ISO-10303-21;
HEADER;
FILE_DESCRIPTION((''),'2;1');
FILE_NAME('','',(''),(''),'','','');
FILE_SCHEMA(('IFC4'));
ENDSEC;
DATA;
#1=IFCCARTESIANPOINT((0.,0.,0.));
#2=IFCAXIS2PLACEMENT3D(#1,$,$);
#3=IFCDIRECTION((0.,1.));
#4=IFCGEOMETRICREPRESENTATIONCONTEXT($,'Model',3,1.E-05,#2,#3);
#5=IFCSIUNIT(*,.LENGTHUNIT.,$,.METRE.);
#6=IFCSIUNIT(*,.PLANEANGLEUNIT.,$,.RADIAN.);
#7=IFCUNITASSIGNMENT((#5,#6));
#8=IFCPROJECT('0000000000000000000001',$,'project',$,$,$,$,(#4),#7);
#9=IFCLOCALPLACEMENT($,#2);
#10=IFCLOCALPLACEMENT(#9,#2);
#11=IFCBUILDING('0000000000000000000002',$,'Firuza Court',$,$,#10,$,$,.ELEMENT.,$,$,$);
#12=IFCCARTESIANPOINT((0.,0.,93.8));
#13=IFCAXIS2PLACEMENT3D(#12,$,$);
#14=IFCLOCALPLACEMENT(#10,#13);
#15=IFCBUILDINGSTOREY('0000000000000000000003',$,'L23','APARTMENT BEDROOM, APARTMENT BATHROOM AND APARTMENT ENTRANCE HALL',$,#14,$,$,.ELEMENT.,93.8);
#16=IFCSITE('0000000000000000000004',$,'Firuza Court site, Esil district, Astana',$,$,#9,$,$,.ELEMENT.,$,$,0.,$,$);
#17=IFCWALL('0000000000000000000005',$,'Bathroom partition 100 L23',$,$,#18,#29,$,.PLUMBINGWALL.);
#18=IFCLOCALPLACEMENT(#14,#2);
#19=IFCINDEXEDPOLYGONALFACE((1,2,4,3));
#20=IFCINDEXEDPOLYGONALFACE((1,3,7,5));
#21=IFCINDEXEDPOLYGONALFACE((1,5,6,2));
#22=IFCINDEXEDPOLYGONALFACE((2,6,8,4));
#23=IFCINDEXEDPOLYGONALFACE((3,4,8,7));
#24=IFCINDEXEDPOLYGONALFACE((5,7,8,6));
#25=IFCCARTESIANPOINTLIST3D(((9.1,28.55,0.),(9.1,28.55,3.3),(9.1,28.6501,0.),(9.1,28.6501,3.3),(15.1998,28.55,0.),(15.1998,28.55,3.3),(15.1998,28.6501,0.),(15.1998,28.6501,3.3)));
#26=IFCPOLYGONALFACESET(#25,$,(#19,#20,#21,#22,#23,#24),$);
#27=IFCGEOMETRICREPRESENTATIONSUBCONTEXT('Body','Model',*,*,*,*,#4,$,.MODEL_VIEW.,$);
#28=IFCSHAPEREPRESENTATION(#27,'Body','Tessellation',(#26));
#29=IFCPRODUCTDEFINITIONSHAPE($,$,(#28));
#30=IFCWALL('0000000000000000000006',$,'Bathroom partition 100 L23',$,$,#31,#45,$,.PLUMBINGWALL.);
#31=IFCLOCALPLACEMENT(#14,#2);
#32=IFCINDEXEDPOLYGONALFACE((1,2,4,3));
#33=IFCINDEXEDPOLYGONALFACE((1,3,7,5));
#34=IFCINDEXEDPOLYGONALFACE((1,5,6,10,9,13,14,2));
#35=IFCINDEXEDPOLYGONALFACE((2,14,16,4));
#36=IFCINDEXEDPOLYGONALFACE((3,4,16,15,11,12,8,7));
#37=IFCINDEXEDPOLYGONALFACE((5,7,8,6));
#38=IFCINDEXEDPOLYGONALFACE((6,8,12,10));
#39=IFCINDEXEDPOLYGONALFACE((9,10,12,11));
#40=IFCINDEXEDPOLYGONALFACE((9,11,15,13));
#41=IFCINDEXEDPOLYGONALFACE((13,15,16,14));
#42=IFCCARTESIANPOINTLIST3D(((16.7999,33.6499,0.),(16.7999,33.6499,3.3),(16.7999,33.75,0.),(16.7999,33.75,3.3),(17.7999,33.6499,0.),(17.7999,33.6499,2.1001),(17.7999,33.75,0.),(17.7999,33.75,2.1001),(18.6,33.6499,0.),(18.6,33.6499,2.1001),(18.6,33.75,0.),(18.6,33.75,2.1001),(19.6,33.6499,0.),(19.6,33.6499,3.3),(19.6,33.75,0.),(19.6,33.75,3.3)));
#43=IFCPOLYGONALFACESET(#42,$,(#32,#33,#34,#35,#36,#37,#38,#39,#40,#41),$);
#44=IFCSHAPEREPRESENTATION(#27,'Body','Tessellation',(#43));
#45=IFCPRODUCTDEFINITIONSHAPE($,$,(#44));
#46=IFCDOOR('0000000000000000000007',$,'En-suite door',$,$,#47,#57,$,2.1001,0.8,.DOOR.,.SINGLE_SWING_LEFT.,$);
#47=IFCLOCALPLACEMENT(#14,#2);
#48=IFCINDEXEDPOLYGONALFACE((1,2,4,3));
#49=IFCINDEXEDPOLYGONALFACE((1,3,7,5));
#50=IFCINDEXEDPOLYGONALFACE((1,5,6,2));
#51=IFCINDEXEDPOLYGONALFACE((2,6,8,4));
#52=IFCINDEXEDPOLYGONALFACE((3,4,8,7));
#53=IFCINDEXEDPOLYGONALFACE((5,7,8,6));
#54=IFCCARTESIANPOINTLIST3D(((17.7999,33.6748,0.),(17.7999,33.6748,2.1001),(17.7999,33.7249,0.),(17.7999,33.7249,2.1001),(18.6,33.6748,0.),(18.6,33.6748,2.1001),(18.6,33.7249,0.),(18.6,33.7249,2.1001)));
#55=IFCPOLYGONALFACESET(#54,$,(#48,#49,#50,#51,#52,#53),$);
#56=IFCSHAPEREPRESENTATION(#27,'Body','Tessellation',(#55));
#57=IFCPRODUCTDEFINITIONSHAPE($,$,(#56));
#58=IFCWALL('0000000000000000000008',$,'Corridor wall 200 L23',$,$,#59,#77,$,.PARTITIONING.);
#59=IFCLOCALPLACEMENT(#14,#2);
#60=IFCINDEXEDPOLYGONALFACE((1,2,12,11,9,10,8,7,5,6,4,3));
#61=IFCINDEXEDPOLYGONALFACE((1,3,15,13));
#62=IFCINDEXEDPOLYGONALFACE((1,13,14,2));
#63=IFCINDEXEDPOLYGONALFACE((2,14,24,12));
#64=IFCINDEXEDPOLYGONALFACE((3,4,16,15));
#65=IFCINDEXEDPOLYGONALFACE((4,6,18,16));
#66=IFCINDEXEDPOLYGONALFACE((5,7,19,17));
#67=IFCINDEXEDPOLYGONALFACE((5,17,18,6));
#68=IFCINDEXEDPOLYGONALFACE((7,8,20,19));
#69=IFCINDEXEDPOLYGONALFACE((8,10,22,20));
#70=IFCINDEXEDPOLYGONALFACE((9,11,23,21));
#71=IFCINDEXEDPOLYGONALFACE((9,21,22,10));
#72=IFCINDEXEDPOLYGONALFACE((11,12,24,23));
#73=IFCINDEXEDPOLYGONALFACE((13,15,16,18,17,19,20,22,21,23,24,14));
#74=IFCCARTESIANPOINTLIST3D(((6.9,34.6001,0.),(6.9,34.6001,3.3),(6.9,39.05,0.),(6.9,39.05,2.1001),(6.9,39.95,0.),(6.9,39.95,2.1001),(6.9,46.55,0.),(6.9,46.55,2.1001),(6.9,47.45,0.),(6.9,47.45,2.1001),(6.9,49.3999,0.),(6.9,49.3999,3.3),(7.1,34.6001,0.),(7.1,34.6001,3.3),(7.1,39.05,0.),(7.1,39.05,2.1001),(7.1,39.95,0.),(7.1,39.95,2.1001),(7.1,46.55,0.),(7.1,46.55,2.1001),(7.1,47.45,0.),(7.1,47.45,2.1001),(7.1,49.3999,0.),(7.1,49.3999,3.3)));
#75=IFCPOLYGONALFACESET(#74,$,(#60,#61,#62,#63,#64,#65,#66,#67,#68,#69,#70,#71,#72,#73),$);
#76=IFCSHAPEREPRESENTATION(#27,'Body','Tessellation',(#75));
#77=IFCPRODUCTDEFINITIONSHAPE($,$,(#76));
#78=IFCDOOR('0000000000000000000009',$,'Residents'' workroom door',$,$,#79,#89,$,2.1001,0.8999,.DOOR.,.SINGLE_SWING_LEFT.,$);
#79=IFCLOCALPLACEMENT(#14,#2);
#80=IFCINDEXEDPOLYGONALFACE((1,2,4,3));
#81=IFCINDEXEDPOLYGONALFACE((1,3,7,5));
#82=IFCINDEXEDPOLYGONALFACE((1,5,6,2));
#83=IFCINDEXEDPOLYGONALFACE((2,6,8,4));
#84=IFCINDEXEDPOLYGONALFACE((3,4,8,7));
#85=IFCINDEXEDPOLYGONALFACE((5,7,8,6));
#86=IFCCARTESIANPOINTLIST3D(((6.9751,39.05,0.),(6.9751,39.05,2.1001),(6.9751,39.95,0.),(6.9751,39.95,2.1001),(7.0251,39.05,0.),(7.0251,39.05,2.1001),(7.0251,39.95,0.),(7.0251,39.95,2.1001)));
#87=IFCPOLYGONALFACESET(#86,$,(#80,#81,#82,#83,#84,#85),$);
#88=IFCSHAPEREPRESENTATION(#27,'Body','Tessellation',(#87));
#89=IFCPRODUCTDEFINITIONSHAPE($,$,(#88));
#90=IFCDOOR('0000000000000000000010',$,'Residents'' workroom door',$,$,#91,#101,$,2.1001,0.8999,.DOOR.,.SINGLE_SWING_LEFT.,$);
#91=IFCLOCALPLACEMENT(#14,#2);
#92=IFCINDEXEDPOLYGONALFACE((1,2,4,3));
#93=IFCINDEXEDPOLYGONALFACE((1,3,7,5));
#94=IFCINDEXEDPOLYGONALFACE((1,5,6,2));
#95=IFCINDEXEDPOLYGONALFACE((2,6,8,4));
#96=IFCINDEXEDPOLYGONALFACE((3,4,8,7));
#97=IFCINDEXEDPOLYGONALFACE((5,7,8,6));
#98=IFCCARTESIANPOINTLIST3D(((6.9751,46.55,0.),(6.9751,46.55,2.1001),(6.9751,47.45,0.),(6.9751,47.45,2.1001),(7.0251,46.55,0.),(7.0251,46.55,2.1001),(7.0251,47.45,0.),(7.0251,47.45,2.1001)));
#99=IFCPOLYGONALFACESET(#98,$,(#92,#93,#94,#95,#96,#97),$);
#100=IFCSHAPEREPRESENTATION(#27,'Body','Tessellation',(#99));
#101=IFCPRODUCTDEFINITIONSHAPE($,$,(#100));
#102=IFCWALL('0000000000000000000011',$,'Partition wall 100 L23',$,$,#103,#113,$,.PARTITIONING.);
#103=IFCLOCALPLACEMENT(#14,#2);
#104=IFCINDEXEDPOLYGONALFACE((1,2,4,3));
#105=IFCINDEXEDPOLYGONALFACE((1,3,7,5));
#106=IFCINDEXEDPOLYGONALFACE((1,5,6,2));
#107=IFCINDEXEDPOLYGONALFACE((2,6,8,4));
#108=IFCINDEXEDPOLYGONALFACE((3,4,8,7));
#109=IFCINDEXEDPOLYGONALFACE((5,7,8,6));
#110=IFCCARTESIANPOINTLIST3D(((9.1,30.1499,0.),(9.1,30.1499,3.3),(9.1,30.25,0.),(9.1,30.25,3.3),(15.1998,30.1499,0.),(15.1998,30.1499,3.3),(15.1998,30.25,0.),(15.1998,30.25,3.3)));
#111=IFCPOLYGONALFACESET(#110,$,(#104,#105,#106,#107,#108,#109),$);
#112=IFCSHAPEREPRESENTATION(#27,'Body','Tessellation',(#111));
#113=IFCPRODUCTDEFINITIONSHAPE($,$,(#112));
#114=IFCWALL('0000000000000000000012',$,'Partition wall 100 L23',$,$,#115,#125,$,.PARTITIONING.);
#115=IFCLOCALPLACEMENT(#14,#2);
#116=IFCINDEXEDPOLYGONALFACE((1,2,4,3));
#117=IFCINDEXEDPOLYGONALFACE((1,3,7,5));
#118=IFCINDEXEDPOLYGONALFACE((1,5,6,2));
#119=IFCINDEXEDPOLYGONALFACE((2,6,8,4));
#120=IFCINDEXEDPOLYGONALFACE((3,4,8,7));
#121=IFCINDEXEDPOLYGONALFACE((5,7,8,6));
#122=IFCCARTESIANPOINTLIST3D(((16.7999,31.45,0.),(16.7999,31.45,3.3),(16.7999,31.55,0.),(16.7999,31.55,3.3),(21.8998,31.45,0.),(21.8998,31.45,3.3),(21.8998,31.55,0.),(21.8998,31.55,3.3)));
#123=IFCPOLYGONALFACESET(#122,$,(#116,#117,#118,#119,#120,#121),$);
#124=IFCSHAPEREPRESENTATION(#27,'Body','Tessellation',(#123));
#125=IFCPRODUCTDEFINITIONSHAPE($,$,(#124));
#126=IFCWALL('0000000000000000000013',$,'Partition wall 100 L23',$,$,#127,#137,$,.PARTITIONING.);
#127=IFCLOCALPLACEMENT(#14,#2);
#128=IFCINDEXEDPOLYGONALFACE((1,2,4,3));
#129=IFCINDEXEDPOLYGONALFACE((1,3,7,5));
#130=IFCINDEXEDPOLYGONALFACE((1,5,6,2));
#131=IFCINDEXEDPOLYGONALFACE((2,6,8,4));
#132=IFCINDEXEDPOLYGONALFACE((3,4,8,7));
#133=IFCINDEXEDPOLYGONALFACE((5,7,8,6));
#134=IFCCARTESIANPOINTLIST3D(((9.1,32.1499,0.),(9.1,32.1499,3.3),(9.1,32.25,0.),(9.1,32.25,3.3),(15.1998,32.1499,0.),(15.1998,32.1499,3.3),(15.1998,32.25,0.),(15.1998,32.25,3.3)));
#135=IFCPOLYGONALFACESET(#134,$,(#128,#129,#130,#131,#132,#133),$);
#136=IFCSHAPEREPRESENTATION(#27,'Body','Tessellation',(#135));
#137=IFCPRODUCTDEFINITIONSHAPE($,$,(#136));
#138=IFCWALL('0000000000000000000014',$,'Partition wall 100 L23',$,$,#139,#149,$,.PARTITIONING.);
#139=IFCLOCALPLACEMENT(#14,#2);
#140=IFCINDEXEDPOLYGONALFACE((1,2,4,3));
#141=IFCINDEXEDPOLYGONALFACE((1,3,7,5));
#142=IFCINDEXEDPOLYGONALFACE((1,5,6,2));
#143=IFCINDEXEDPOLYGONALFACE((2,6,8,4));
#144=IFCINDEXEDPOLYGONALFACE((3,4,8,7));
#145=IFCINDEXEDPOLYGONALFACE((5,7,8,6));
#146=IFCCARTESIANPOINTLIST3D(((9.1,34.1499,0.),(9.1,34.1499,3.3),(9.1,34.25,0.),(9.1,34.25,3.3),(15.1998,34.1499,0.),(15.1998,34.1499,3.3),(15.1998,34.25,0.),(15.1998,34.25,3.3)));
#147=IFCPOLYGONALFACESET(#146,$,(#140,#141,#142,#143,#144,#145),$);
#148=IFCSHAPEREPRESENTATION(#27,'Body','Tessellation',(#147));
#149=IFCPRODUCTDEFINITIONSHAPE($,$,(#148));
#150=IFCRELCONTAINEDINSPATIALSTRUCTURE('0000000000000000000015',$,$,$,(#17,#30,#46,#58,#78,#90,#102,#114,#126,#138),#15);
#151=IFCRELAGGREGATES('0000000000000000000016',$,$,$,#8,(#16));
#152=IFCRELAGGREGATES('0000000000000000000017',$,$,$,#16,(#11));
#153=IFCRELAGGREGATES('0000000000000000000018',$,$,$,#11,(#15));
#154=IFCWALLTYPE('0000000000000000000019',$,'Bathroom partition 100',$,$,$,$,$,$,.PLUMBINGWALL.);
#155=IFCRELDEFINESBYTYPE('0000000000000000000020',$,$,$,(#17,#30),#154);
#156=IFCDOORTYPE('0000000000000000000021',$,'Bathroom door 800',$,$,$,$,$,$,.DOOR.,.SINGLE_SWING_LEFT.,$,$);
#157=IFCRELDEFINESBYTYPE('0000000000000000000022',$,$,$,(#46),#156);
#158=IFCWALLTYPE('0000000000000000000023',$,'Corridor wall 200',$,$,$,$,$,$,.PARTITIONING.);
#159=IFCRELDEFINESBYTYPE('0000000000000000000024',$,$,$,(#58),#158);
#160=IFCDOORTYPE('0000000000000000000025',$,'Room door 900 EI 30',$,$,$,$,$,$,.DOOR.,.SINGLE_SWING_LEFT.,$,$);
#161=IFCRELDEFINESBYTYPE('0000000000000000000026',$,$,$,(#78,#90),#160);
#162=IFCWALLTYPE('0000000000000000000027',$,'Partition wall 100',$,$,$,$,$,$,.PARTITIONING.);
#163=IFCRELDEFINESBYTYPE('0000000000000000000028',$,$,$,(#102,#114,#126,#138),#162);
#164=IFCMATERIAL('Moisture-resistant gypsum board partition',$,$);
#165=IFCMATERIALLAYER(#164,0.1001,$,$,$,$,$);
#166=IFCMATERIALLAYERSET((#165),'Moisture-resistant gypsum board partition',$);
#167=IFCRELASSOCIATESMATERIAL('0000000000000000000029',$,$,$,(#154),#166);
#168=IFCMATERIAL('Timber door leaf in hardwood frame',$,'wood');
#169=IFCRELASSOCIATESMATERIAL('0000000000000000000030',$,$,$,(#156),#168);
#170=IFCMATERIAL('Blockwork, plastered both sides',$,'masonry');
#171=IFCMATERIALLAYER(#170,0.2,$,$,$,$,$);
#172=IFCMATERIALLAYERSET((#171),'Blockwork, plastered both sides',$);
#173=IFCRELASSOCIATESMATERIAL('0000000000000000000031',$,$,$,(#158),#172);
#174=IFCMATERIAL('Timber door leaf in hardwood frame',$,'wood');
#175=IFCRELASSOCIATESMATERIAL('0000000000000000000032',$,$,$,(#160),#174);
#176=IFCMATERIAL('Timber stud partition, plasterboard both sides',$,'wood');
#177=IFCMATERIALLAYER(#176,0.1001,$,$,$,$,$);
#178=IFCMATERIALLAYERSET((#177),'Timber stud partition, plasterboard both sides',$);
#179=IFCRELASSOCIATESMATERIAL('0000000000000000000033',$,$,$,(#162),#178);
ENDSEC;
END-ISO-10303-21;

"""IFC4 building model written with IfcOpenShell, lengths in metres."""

from ifc_helpers import new_model, si_unit, direction, frame, frame_2d, origin, place, context, subcontext, project, spatial, rectangle, extrude, material, layer, layer_set, type_object, element, fill, save


model = new_model("IFC4")

# Units and contexts
model_context = context("Model", 3, precision=1e-05, world=origin(), true_north=direction((0.0, 1.0)))
body_context = subcontext(model_context, "Body", "Model", "MODEL_VIEW")
ifc_project = project(units=[si_unit("LENGTHUNIT", "METRE"), si_unit("PLANEANGLEUNIT", "RADIAN")], contexts=[model_context])

# Site, building, storey
site_placement = place(None, origin())
site = spatial("IfcSite", under=ifc_project, at=site_placement, Name="Firuza Court site, Esil district, Astana", CompositionType="ELEMENT", RefElevation=0.0)
building_placement = place(site_placement, origin())
building = spatial("IfcBuilding", under=site, at=building_placement, Name="Firuza Court", CompositionType="ELEMENT")
storey_placement = place(building_placement, frame((0.0, 0.0, 93.8)))
storey = spatial("IfcBuildingStorey", under=building, at=storey_placement, Name="L23", Description="APARTMENT BEDROOM, APARTMENT BATHROOM AND APARTMENT ENTRANCE HALL", CompositionType="ELEMENT", Elevation=93.8)

# Wall
ifc_material_1 = material(Name="Moisture-resistant gypsum board partition")
ifc_layer_1 = layer(ifc_material_1, 0.1001)
ifc_layer_set_1 = layer_set([ifc_layer_1], Name="Moisture-resistant gypsum board partition")
wall_type_1 = type_object("IfcWallType", Name="Bathroom partition 100", PredefinedType="PLUMBINGWALL", material=ifc_layer_set_1)
wall_1_placement = place(storey_placement, frame((9.1001, 28.6001, 0.0), z_axis=(0.0, 0.0, 1.0), x_axis=(1.0, 0.0, 0.0)))
element("IfcWall", 1, at=wall_1_placement, inside=storey, type_object=wall_type_1, Name="Bathroom partition 100 L23", PredefinedType="PLUMBINGWALL", context=body_context, shape_type="SweptSolid", body=[
    extrude(rectangle(XDim=6.0999, YDim=0.1001, at=frame_2d((3.0498, 0.0))), origin(), (0.0, 0.0, 1.0), 3.3),
])

# Wall, opening, door
wall_2_placement = place(storey_placement, frame((16.8, 33.7, 0.0), z_axis=(0.0, 0.0, 1.0), x_axis=(1.0, 0.0, 0.0)))
wall_2 = element("IfcWall", 2, at=wall_2_placement, inside=storey, type_object=wall_type_1, Name="Bathroom partition 100 L23", PredefinedType="PLUMBINGWALL", context=body_context, shape_type="SweptSolid", body=[
    extrude(rectangle(XDim=2.8, YDim=0.1001, at=frame_2d((1.3999, 0.0))), origin(), (0.0, 0.0, 1.0), 3.3),
])
opening_1_placement = place(wall_2_placement, frame((1.0, 0.0, 0.0)))
opening_1 = element("IfcOpeningElement", 3, at=opening_1_placement, cuts=wall_2, PredefinedType="OPENING", context=body_context, shape_type="SweptSolid", body=[
    extrude(rectangle(XDim=0.8, YDim=2.1001, at=frame_2d((0.3999, 1.05))), frame((0.0, 0.062, 0.0), z_axis=(0.0, -1.0, 0.0), x_axis=(1.0, 0.0, 0.0)), (0.0, 0.0, 1.0), 0.124),
])
ifc_material_2 = material(Name="Timber door leaf in hardwood frame", Category="wood")
door_type_1 = type_object("IfcDoorType", Name="Bathroom door 800", OperationType="SINGLE_SWING_LEFT", PredefinedType="DOOR", material=ifc_material_2)
door_1_placement = place(opening_1_placement, origin())
door_1 = element("IfcDoor", 4, at=door_1_placement, inside=storey, type_object=door_type_1, Name="En-suite door", OperationType="SINGLE_SWING_LEFT", OverallHeight=2.1001, OverallWidth=0.8, PredefinedType="DOOR", context=body_context, shape_type="SweptSolid", body=[
    extrude(rectangle(XDim=0.8, YDim=2.1001, at=frame_2d((0.3999, 1.05))), frame((0.0, 0.0249, 0.0), z_axis=(0.0, -1.0, 0.0), x_axis=(1.0, 0.0, 0.0)), (0.0, 0.0, 1.0), 0.05),
])
fill(opening_1, door_1)

# Wall, openings, doors
ifc_material_3 = material(Name="Blockwork, plastered both sides", Category="masonry")
ifc_layer_2 = layer(ifc_material_3, 0.2)
ifc_layer_set_2 = layer_set([ifc_layer_2], Name="Blockwork, plastered both sides")
wall_type_2 = type_object("IfcWallType", Name="Corridor wall 200", PredefinedType="PARTITIONING", material=ifc_layer_set_2)
wall_3_placement = place(storey_placement, frame((7.0, 34.6001, 0.0), z_axis=(0.0, 0.0, 1.0), x_axis=(0.0, 1.0, 0.0)))
wall_3 = element("IfcWall", 5, at=wall_3_placement, inside=storey, type_object=wall_type_2, Name="Corridor wall 200 L23", PredefinedType="PARTITIONING", context=body_context, shape_type="SweptSolid", body=[
    extrude(rectangle(XDim=14.7998, YDim=0.2, at=frame_2d((7.3999, 0.0))), origin(), (0.0, 0.0, 1.0), 3.3),
])
opening_2_placement = place(wall_3_placement, frame((4.45, 0.0, 0.0)))
opening_2 = element("IfcOpeningElement", 6, at=opening_2_placement, cuts=wall_3, PredefinedType="OPENING", context=body_context, shape_type="SweptSolid", body=[
    extrude(rectangle(XDim=0.8999, YDim=2.1001, at=frame_2d((0.45, 1.05))), frame((0.0, 0.1118, 0.0), z_axis=(0.0, -1.0, 0.0), x_axis=(1.0, 0.0, 0.0)), (0.0, 0.0, 1.0), 0.2239),
])
opening_3_placement = place(wall_3_placement, frame((11.95, 0.0, 0.0)))
opening_3 = element("IfcOpeningElement", 7, at=opening_3_placement, cuts=wall_3, PredefinedType="OPENING", context=body_context, shape_type="SweptSolid", body=[
    extrude(rectangle(XDim=0.8999, YDim=2.1001, at=frame_2d((0.45, 1.05))), frame((0.0, 0.1118, 0.0), z_axis=(0.0, -1.0, 0.0), x_axis=(1.0, 0.0, 0.0)), (0.0, 0.0, 1.0), 0.2239),
])
ifc_material_4 = material(Name="Timber door leaf in hardwood frame", Category="wood")
door_type_2 = type_object("IfcDoorType", Name="Room door 900 EI 30", OperationType="SINGLE_SWING_LEFT", PredefinedType="DOOR", material=ifc_material_4)
door_2_placement = place(opening_2_placement, origin())
door_2 = element("IfcDoor", 8, at=door_2_placement, inside=storey, type_object=door_type_2, Name="Residents' workroom door", OperationType="SINGLE_SWING_LEFT", OverallHeight=2.1001, OverallWidth=0.8999, PredefinedType="DOOR", context=body_context, shape_type="SweptSolid", body=[
    extrude(rectangle(XDim=0.8999, YDim=2.1001, at=frame_2d((0.45, 1.05))), frame((0.0, 0.0249, 0.0), z_axis=(0.0, -1.0, 0.0), x_axis=(1.0, 0.0, 0.0)), (0.0, 0.0, 1.0), 0.05),
])
fill(opening_2, door_2)
door_3_placement = place(opening_3_placement, origin())
door_3 = element("IfcDoor", 9, at=door_3_placement, inside=storey, type_object=door_type_2, Name="Residents' workroom door", OperationType="SINGLE_SWING_LEFT", OverallHeight=2.1001, OverallWidth=0.8999, PredefinedType="DOOR", context=body_context, shape_type="SweptSolid", body=[
    extrude(rectangle(XDim=0.8999, YDim=2.1001, at=frame_2d((0.45, 1.05))), frame((0.0, 0.0249, 0.0), z_axis=(0.0, -1.0, 0.0), x_axis=(1.0, 0.0, 0.0)), (0.0, 0.0, 1.0), 0.05),
])
fill(opening_3, door_3)

# Walls
ifc_material_5 = material(Name="Timber stud partition, plasterboard both sides", Category="wood")
ifc_layer_3 = layer(ifc_material_5, 0.1001)
ifc_layer_set_3 = layer_set([ifc_layer_3], Name="Timber stud partition, plasterboard both sides")
wall_type_3 = type_object("IfcWallType", Name="Partition wall 100", PredefinedType="PARTITIONING", material=ifc_layer_set_3)
wall_4_placement = place(storey_placement, frame((9.1001, 30.2, 0.0), z_axis=(0.0, 0.0, 1.0), x_axis=(1.0, 0.0, 0.0)))
element("IfcWall", 10, at=wall_4_placement, inside=storey, type_object=wall_type_3, Name="Partition wall 100 L23", PredefinedType="PARTITIONING", context=body_context, shape_type="SweptSolid", body=[
    extrude(rectangle(XDim=6.0999, YDim=0.1001, at=frame_2d((3.0498, 0.0))), origin(), (0.0, 0.0, 1.0), 3.3),
])
wall_5_placement = place(storey_placement, frame((16.8, 31.5, 0.0), z_axis=(0.0, 0.0, 1.0), x_axis=(1.0, 0.0, 0.0)))
element("IfcWall", 11, at=wall_5_placement, inside=storey, type_object=wall_type_3, Name="Partition wall 100 L23", PredefinedType="PARTITIONING", context=body_context, shape_type="SweptSolid", body=[
    extrude(rectangle(XDim=5.0999, YDim=0.1001, at=frame_2d((2.5498, 0.0))), origin(), (0.0, 0.0, 1.0), 3.3),
])
for number, where, z_axis, x_axis, name in (
    (12, (9.1001, 32.2, 0.0), (0.0, 0.0, 1.0), (1.0, 0.0, 0.0), "Partition wall 100 L23"),
    (13, (9.1001, 34.2, 0.0), (0.0, 0.0, 1.0), (1.0, 0.0, 0.0), "Partition wall 100 L23"),
):
    element("IfcWall", number, at=place(storey_placement, frame(where, z_axis=z_axis, x_axis=x_axis)), inside=storey, type_object=wall_type_3, Name=name, PredefinedType="PARTITIONING", context=body_context, shape_type="SweptSolid", body=[
        extrude(rectangle(XDim=6.0999, YDim=0.1001, at=frame_2d((3.0498, 0.0))), origin(), (0.0, 0.0, 1.0), 3.3),
    ])

save(model, "model.ifc")
